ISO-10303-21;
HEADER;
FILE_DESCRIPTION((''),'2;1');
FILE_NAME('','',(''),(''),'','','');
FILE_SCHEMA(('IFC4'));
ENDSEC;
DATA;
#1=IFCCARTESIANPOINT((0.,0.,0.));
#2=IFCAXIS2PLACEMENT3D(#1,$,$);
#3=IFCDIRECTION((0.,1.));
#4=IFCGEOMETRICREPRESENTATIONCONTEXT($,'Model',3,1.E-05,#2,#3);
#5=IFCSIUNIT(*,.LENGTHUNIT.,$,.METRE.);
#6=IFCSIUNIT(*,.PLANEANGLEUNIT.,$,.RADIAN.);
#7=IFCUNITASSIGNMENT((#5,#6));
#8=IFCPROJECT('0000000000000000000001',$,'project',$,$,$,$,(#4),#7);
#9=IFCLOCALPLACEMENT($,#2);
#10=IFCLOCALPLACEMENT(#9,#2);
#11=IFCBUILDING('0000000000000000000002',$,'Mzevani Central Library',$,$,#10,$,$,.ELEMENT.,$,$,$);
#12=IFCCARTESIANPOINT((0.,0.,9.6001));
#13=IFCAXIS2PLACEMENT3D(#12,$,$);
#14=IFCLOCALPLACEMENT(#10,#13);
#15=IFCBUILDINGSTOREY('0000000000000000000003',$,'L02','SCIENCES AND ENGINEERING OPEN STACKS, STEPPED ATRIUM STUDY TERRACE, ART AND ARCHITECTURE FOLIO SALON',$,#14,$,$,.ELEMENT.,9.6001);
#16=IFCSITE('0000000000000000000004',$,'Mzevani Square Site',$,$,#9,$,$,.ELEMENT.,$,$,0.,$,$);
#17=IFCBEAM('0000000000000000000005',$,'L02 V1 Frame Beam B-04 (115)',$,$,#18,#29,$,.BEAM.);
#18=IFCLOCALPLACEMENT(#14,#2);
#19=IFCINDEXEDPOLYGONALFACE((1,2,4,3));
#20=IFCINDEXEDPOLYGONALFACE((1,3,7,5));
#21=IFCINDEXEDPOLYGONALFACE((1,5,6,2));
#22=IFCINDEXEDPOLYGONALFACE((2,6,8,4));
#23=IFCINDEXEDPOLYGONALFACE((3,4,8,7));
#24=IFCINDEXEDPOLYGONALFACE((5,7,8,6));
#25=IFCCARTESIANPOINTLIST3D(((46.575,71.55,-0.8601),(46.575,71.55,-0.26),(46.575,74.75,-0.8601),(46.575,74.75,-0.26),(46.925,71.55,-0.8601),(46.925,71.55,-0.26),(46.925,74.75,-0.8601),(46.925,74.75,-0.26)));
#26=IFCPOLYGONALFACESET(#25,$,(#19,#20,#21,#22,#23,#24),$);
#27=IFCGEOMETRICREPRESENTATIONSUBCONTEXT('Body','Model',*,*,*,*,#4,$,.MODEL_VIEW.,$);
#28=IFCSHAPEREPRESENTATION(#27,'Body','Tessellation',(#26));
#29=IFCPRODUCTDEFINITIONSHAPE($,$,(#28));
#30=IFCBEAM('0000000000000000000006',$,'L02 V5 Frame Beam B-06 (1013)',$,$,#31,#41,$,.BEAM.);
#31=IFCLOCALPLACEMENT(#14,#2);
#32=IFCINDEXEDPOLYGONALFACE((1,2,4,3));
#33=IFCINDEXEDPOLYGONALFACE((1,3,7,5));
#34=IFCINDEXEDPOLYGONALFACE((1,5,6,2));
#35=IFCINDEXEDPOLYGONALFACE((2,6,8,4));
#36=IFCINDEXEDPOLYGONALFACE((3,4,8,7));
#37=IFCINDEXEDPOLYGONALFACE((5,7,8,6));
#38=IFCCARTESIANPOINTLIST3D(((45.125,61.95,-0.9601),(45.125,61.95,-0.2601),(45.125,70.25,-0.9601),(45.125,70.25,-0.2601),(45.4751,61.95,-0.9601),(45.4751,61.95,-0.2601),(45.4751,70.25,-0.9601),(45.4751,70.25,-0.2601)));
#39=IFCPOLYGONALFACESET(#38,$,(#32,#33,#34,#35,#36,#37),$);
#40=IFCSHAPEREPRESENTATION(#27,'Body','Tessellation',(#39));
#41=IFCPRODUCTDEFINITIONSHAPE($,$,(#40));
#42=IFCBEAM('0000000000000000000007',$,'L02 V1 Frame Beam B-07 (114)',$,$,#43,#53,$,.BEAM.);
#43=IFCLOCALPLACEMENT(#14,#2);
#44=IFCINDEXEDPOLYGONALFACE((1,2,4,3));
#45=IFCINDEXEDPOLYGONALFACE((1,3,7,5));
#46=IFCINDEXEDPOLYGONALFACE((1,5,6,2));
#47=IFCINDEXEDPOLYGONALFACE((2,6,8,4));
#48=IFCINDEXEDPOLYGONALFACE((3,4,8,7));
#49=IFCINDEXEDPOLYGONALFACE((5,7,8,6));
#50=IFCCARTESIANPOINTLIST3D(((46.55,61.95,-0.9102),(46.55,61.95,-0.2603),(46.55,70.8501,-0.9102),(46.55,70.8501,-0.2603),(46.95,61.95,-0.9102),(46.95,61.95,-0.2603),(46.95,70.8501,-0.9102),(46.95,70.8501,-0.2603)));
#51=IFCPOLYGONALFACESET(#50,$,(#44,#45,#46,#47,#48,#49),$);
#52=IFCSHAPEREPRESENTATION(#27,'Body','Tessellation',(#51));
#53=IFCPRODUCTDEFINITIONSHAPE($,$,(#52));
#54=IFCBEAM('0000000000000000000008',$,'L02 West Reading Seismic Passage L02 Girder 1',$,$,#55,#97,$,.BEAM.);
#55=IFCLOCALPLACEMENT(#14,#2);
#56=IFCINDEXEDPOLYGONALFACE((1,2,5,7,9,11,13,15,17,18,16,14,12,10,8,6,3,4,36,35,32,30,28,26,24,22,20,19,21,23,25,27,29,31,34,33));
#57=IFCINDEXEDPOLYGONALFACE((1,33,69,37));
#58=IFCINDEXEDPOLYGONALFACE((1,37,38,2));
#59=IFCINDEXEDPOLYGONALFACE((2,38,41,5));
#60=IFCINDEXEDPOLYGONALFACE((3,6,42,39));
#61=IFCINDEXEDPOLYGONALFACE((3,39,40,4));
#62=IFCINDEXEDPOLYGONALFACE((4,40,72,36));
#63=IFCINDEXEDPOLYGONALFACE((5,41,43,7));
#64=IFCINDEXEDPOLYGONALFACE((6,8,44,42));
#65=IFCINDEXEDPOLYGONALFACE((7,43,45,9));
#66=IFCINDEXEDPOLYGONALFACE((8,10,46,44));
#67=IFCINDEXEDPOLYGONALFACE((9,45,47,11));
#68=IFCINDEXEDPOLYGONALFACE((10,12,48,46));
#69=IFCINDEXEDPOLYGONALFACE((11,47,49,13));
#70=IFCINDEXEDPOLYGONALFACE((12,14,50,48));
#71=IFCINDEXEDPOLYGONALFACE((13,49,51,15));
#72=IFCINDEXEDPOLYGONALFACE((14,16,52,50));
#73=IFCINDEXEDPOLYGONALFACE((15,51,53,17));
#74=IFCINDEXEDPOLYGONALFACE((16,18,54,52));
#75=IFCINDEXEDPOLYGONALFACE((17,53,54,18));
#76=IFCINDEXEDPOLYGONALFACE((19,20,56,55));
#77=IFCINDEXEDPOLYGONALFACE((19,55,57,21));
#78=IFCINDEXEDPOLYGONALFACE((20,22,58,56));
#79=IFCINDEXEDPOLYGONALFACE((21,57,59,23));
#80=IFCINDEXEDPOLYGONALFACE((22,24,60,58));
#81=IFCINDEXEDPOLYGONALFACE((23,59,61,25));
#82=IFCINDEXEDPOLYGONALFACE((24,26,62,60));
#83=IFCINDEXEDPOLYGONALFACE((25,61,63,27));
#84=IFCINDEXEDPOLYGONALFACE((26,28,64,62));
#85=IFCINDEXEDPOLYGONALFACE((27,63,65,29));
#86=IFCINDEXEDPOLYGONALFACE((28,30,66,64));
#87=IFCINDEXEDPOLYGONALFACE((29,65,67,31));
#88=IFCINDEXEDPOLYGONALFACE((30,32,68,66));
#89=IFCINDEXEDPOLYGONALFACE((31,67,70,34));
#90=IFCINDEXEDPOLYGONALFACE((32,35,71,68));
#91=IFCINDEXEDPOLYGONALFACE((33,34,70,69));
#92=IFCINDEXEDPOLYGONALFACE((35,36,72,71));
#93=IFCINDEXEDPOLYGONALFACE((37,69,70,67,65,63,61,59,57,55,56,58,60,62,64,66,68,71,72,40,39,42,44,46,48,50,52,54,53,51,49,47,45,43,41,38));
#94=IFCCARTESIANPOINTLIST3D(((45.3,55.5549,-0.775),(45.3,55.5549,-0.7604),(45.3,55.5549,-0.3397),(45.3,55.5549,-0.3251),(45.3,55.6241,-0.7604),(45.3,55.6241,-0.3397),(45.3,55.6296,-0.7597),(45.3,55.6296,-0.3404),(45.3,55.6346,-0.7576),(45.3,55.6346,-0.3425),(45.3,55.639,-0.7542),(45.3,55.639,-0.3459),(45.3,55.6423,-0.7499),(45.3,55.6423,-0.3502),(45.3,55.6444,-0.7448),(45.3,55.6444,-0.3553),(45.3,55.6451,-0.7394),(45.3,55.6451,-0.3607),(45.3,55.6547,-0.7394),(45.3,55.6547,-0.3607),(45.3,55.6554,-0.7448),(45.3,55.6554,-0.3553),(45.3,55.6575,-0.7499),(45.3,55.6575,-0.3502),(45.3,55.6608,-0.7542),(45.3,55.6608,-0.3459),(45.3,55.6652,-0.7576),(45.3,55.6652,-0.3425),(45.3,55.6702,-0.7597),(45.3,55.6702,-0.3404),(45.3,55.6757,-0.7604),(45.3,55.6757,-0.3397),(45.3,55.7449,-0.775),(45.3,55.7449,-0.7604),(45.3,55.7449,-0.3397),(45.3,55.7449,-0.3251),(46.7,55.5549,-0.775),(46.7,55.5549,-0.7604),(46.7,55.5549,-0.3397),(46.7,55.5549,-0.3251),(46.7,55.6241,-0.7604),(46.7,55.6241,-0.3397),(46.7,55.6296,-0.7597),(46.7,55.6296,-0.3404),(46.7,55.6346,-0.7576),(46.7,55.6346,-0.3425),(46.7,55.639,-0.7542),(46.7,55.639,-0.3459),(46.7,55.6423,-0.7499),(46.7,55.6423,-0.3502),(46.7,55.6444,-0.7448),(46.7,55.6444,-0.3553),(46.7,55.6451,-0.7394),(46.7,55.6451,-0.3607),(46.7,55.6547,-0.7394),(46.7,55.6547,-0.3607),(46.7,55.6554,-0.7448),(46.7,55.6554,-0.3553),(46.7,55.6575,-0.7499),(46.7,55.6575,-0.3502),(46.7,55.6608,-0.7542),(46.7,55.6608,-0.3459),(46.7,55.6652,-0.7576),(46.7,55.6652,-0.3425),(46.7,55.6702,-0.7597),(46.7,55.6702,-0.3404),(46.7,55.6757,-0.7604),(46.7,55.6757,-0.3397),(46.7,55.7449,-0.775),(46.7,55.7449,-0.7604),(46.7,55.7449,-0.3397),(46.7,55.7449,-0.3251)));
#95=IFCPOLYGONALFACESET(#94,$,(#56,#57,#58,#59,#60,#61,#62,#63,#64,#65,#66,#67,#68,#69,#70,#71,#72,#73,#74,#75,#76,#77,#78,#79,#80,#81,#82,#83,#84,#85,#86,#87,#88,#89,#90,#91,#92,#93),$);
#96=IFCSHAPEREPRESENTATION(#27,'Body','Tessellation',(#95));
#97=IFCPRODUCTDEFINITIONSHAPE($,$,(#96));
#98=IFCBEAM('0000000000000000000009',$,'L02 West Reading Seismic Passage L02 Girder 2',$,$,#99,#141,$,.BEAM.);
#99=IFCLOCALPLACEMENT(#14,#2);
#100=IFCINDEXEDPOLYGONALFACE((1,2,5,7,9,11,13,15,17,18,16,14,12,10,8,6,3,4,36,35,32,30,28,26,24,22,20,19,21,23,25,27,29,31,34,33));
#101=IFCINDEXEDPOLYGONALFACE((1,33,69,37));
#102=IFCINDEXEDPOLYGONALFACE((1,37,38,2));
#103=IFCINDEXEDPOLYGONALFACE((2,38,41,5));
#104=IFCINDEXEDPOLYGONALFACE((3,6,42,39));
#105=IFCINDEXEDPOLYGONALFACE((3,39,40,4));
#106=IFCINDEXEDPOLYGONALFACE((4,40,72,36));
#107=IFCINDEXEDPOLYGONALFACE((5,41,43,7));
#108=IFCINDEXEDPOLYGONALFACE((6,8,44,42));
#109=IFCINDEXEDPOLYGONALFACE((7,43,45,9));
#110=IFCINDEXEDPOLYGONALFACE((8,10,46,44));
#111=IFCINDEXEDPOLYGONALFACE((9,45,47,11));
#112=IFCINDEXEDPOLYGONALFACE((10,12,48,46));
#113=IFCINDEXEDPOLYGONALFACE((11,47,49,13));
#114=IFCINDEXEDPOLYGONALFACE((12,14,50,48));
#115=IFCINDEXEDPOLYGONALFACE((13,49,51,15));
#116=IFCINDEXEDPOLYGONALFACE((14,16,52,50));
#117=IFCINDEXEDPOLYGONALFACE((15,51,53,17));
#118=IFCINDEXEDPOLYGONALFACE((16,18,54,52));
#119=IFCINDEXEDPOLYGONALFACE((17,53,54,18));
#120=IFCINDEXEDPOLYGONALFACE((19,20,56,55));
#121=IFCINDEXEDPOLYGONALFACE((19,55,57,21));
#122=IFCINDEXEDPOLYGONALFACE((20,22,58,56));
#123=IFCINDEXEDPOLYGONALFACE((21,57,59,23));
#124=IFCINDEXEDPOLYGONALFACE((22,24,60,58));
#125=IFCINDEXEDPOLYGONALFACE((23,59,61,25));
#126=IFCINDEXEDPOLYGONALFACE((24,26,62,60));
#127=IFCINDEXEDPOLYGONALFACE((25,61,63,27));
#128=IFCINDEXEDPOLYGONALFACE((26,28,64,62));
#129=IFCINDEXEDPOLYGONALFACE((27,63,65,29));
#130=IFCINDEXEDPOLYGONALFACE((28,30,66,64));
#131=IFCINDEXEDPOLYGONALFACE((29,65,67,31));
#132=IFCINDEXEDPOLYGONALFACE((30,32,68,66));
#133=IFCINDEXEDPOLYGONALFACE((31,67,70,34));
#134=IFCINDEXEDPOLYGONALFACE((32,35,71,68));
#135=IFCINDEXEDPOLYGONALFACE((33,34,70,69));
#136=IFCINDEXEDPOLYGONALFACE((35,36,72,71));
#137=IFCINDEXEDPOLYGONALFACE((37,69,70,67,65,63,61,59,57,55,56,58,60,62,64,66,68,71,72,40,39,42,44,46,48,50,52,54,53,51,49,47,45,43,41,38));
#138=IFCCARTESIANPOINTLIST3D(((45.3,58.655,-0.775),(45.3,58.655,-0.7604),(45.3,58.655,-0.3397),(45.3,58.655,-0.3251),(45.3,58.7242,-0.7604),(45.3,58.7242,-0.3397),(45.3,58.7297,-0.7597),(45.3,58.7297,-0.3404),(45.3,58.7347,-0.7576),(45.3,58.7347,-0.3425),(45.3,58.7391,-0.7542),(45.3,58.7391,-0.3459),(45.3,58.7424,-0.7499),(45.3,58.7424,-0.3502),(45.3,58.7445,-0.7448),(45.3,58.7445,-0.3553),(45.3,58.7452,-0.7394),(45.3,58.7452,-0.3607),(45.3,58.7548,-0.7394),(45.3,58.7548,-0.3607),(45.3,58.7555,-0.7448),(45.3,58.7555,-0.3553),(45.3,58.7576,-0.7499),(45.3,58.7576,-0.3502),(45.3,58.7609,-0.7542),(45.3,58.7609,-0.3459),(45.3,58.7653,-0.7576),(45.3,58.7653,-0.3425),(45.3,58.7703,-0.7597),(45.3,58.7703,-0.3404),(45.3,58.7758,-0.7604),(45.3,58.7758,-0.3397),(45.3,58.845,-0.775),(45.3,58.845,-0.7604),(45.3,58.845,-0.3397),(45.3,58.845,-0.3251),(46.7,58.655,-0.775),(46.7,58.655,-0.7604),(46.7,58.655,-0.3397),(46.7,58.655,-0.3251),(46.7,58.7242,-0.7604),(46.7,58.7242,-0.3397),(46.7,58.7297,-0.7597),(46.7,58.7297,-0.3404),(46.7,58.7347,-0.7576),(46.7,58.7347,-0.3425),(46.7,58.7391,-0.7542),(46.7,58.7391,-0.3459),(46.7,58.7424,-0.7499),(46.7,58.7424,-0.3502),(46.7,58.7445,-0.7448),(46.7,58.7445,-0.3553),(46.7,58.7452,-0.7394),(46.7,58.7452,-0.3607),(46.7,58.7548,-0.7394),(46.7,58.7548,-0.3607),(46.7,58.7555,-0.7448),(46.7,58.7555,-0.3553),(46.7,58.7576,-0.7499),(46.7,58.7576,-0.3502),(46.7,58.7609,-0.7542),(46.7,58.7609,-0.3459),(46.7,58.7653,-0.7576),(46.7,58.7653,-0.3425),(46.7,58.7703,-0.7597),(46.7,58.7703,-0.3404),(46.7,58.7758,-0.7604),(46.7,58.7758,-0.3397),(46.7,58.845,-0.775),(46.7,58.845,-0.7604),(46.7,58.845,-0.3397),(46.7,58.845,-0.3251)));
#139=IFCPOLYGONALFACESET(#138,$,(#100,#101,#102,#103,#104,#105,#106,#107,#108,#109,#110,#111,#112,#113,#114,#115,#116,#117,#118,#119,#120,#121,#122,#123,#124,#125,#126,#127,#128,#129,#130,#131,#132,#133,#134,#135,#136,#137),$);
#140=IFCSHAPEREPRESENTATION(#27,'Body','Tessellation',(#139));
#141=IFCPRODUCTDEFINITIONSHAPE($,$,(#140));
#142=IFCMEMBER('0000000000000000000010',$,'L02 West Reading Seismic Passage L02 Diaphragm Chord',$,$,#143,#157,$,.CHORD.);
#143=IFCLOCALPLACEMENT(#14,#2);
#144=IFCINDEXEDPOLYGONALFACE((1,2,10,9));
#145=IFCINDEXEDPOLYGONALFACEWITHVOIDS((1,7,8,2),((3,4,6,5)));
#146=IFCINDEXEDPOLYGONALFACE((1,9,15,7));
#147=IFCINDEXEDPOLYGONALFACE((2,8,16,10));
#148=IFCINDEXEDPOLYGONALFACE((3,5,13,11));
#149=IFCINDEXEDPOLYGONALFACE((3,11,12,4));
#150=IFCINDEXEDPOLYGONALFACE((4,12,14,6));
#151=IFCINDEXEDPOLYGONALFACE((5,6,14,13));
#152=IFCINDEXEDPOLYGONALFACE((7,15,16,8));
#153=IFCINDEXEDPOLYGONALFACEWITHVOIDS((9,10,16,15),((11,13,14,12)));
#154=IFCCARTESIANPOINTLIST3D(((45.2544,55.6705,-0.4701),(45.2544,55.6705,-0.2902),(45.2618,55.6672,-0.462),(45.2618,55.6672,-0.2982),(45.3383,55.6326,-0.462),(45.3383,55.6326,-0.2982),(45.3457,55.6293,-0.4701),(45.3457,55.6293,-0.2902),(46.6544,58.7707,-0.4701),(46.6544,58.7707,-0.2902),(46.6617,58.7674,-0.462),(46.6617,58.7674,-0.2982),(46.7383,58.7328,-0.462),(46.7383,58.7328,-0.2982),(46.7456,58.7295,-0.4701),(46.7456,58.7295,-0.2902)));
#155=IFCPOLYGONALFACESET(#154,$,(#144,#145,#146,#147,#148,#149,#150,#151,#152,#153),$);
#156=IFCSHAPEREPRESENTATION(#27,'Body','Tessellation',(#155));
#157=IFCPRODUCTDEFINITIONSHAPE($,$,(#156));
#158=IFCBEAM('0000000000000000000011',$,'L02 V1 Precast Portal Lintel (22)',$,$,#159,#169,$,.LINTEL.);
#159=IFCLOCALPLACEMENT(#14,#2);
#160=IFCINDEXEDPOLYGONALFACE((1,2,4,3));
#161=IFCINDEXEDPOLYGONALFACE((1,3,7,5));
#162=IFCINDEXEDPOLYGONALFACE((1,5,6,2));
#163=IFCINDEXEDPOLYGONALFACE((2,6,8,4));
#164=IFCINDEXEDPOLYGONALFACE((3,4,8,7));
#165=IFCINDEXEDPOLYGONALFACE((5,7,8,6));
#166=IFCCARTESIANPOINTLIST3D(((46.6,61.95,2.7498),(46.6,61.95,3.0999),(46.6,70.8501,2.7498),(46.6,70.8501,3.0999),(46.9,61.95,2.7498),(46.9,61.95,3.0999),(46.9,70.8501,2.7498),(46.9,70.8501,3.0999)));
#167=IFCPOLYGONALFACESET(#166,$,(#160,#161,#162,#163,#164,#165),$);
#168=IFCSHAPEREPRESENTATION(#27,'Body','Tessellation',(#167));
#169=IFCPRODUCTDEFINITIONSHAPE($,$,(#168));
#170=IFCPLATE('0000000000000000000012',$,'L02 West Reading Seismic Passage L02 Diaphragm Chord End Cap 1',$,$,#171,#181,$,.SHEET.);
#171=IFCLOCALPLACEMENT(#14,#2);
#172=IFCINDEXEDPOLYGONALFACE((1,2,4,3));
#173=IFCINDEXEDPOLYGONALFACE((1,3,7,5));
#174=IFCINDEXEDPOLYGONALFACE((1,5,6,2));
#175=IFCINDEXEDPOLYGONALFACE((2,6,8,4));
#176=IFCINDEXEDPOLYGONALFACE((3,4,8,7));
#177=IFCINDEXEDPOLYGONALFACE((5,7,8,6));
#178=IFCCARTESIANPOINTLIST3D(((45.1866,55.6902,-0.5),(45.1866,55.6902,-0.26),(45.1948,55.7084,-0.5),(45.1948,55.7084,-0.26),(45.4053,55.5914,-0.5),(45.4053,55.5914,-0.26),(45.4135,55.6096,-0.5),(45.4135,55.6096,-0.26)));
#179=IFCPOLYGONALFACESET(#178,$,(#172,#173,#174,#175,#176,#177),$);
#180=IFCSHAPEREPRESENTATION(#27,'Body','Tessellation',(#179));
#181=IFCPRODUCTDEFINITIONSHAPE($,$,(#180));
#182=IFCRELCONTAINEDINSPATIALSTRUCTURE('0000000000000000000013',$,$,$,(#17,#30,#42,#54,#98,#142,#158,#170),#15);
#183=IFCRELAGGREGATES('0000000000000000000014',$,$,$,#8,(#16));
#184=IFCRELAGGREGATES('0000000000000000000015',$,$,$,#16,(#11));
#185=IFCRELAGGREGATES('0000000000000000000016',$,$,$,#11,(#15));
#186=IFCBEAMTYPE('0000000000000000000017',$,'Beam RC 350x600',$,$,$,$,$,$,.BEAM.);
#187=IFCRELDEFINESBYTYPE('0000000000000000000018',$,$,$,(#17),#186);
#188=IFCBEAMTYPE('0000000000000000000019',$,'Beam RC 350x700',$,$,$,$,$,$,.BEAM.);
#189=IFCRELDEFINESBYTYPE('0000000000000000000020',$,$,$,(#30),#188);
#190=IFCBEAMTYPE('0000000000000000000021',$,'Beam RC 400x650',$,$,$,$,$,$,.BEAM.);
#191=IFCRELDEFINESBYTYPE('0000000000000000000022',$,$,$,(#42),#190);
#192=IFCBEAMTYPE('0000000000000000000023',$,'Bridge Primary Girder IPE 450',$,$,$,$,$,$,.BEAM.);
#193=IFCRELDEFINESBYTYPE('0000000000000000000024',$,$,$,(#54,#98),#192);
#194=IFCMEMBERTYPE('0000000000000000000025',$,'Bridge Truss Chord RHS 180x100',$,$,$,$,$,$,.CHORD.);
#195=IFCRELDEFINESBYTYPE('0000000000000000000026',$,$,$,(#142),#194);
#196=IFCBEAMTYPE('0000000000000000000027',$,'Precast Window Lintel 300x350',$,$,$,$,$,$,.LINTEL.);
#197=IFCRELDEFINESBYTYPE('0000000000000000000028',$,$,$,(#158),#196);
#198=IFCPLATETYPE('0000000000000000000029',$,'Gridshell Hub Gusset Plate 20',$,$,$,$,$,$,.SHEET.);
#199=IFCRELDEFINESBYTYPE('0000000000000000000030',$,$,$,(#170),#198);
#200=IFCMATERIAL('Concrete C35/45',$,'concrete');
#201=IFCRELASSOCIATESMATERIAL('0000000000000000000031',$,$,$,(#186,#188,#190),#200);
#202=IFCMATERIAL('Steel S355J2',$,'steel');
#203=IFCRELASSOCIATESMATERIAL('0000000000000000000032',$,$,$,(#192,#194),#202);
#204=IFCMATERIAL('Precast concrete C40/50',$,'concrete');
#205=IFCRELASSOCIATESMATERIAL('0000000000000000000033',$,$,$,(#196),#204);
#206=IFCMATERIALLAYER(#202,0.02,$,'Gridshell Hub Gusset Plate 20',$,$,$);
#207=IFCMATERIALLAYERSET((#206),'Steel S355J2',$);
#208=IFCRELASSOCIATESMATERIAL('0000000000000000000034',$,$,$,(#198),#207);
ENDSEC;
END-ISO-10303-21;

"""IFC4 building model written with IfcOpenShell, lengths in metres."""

from ifc_helpers import new_model, si_unit, direction, frame, origin, origin_2d, place, context, subcontext, project, spatial, rectangle, hollow_rectangle, i_section, extrude, material, layer, layer_set, material_profile, profile_set, type_object, element, save


model = new_model("IFC4")

# Units and contexts
model_context = context("Model", 3, precision=1e-05, world=origin(), true_north=direction((0.0, 1.0)))
body_context = subcontext(model_context, "Body", "Model", "MODEL_VIEW")
ifc_project = project(units=[si_unit("LENGTHUNIT", "METRE"), si_unit("PLANEANGLEUNIT", "RADIAN")], contexts=[model_context])

# Site, building, storey
site_placement = place(None, origin())
site = spatial("IfcSite", under=ifc_project, at=site_placement, Name="Mzevani Square Site", CompositionType="ELEMENT", RefElevation=0.0)
building_placement = place(site_placement, origin())
building = spatial("IfcBuilding", under=site, at=building_placement, Name="Mzevani Central Library", CompositionType="ELEMENT")
storey_placement = place(building_placement, frame((0.0, 0.0, 9.6001)))
storey = spatial("IfcBuildingStorey", under=building, at=storey_placement, Name="L02", Description="SCIENCES AND ENGINEERING OPEN STACKS, STEPPED ATRIUM STUDY TERRACE, ART AND ARCHITECTURE FOLIO SALON", CompositionType="ELEMENT", Elevation=9.6001)

# Shared definitions
ifc_material_1 = material(Name="Steel S355J2", Category="steel")

# Beams
ifc_material_2 = material(Name="Concrete C35/45", Category="concrete")
ifc_material_profile_1 = material_profile(ifc_material_2, rectangle(XDim=0.3501, YDim=0.6001, at=origin_2d()), Name="RC B350x600")
ifc_profile_set_1 = profile_set([ifc_material_profile_1], Name="Concrete C35/45")
beam_type_1 = type_object("IfcBeamType", Name="Beam RC 350x600", PredefinedType="BEAM", material=ifc_profile_set_1)
beam_1_placement = place(storey_placement, frame((46.75, 71.55, -0.5601), z_axis=(0.0, 1.0, 0.0), x_axis=(-1.0, 0.0, 0.0)))
element("IfcBeam", 1, at=beam_1_placement, inside=storey, type_object=beam_type_1, Name="L02 V1 Frame Beam B-04 (115)", PredefinedType="BEAM", context=body_context, shape_type="SweptSolid", body=[
    extrude(rectangle(XDim=0.3501, YDim=0.6001, at=origin_2d()), origin(), (0.0, 0.0, 1.0), 3.2),
])
ifc_material_profile_2 = material_profile(ifc_material_2, rectangle(XDim=0.3501, YDim=0.7, at=origin_2d()), Name="RC B350x700")
ifc_profile_set_2 = profile_set([ifc_material_profile_2], Name="Concrete C35/45")
beam_type_2 = type_object("IfcBeamType", Name="Beam RC 350x700", PredefinedType="BEAM", material=ifc_profile_set_2)
beam_2_placement = place(storey_placement, frame((45.3, 61.95, -0.6101), z_axis=(0.0, 1.0, 0.0), x_axis=(-1.0, 0.0, 0.0)))
element("IfcBeam", 2, at=beam_2_placement, inside=storey, type_object=beam_type_2, Name="L02 V5 Frame Beam B-06 (1013)", PredefinedType="BEAM", context=body_context, shape_type="SweptSolid", body=[
    extrude(rectangle(XDim=0.3501, YDim=0.7, at=origin_2d()), origin(), (0.0, 0.0, 1.0), 8.3),
])
ifc_material_profile_3 = material_profile(ifc_material_2, rectangle(XDim=0.3999, YDim=0.6499, at=origin_2d()), Name="RC B400x650")
ifc_profile_set_3 = profile_set([ifc_material_profile_3], Name="Concrete C35/45")
beam_type_3 = type_object("IfcBeamType", Name="Beam RC 400x650", PredefinedType="BEAM", material=ifc_profile_set_3)
beam_3_placement = place(storey_placement, frame((46.75, 61.95, -0.5852), z_axis=(0.0, 1.0, 0.0), x_axis=(-1.0, 0.0, 0.0)))
element("IfcBeam", 3, at=beam_3_placement, inside=storey, type_object=beam_type_3, Name="L02 V1 Frame Beam B-07 (114)", PredefinedType="BEAM", context=body_context, shape_type="SweptSolid", body=[
    extrude(rectangle(XDim=0.3999, YDim=0.6499, at=origin_2d()), origin(), (0.0, 0.0, 1.0), 8.9001),
])
ifc_material_profile_4 = material_profile(ifc_material_1, i_section(OverallWidth=0.1899, OverallDepth=0.45, WebThickness=0.0095, FlangeThickness=0.0146, FilletRadius=0.021, at=origin_2d()), Name="IPE 450")
ifc_profile_set_4 = profile_set([ifc_material_profile_4], Name="Steel S355J2")
beam_type_4 = type_object("IfcBeamType", Name="Bridge Primary Girder IPE 450", PredefinedType="BEAM", material=ifc_profile_set_4)
for number, where, z_axis, x_axis, name in (
    (4, (45.3, 55.6499, -0.55), (1.0, 0.0, 0.0), (0.0, 1.0, 0.0), "L02 West Reading Seismic Passage L02 Girder 1"),
    (5, (45.3, 58.75, -0.55), (1.0, 0.0, 0.0), (0.0, 1.0, 0.0), "L02 West Reading Seismic Passage L02 Girder 2"),
):
    element("IfcBeam", number, at=place(storey_placement, frame(where, z_axis=z_axis, x_axis=x_axis)), inside=storey, type_object=beam_type_4, Name=name, PredefinedType="BEAM", context=body_context, shape_type="SweptSolid", body=[
        extrude(i_section(OverallWidth=0.1899, OverallDepth=0.45, WebThickness=0.0095, FlangeThickness=0.0146, FilletRadius=0.021, at=origin_2d()), origin(), (0.0, 0.0, 1.0), 1.3999),
    ])

# Member
ifc_material_profile_5 = material_profile(ifc_material_1, hollow_rectangle(XDim=0.1001, YDim=0.1799, WallThickness=0.0081, at=origin_2d()), Name="RHS 180x100x8.0")
ifc_profile_set_5 = profile_set([ifc_material_profile_5], Name="Steel S355J2")
member_type = type_object("IfcMemberType", Name="Bridge Truss Chord RHS 180x100", PredefinedType="CHORD", material=ifc_profile_set_5)
member_placement = place(storey_placement, frame((45.3, 55.6499, -0.3801), z_axis=(0.411552, 0.911386, 0.0), x_axis=(-0.911386, 0.411552, 0.0)))
element("IfcMember", 6, at=member_placement, inside=storey, type_object=member_type, Name="L02 West Reading Seismic Passage L02 Diaphragm Chord", PredefinedType="CHORD", context=body_context, shape_type="SweptSolid", body=[
    extrude(hollow_rectangle(XDim=0.1001, YDim=0.1799, WallThickness=0.0081, at=origin_2d()), origin(), (0.0, 0.0, 1.0), 3.4016),
])

# Beam
ifc_material_3 = material(Name="Precast concrete C40/50", Category="concrete")
ifc_material_profile_6 = material_profile(ifc_material_3, rectangle(XDim=0.3, YDim=0.3501, at=origin_2d()), Name="PC LN300x350")
ifc_profile_set_6 = profile_set([ifc_material_profile_6], Name="Precast concrete C40/50")
beam_type_5 = type_object("IfcBeamType", Name="Precast Window Lintel 300x350", PredefinedType="LINTEL", material=ifc_profile_set_6)
beam_4_placement = place(storey_placement, frame((46.75, 61.95, 2.9248), z_axis=(0.0, 1.0, 0.0), x_axis=(-1.0, 0.0, 0.0)))
element("IfcBeam", 7, at=beam_4_placement, inside=storey, type_object=beam_type_5, Name="L02 V1 Precast Portal Lintel (22)", PredefinedType="LINTEL", context=body_context, shape_type="SweptSolid", body=[
    extrude(rectangle(XDim=0.3, YDim=0.3501, at=origin_2d()), origin(), (0.0, 0.0, 1.0), 8.9001),
])

# Plate
ifc_layer_1 = layer(ifc_material_1, 0.02, Name="Gridshell Hub Gusset Plate 20")
ifc_layer_set_1 = layer_set([ifc_layer_1], Name="Steel S355J2")
plate_type_1 = type_object("IfcPlateType", Name="Gridshell Hub Gusset Plate 20", PredefinedType="SHEET", material=ifc_layer_set_1)
for number, where, z_axis, x_axis, name in (
    (8, (45.3, 55.6499, -0.5), (0.0, 0.0, 1.0), (0.411586, 0.911371, 0.0), "L02 West Reading Seismic Passage L02 Diaphragm Chord End Cap 1"),
):
    element("IfcPlate", number, at=place(storey_placement, frame(where, z_axis=z_axis, x_axis=x_axis)), inside=storey, type_object=plate_type_1, Name=name, PredefinedType="SHEET", context=body_context, shape_type="SweptSolid", body=[
        extrude(rectangle(XDim=0.02, YDim=0.24, at=origin_2d()), origin(), (0.0, 0.0, 1.0), 0.24),
    ])

save(model, "model.ifc")
